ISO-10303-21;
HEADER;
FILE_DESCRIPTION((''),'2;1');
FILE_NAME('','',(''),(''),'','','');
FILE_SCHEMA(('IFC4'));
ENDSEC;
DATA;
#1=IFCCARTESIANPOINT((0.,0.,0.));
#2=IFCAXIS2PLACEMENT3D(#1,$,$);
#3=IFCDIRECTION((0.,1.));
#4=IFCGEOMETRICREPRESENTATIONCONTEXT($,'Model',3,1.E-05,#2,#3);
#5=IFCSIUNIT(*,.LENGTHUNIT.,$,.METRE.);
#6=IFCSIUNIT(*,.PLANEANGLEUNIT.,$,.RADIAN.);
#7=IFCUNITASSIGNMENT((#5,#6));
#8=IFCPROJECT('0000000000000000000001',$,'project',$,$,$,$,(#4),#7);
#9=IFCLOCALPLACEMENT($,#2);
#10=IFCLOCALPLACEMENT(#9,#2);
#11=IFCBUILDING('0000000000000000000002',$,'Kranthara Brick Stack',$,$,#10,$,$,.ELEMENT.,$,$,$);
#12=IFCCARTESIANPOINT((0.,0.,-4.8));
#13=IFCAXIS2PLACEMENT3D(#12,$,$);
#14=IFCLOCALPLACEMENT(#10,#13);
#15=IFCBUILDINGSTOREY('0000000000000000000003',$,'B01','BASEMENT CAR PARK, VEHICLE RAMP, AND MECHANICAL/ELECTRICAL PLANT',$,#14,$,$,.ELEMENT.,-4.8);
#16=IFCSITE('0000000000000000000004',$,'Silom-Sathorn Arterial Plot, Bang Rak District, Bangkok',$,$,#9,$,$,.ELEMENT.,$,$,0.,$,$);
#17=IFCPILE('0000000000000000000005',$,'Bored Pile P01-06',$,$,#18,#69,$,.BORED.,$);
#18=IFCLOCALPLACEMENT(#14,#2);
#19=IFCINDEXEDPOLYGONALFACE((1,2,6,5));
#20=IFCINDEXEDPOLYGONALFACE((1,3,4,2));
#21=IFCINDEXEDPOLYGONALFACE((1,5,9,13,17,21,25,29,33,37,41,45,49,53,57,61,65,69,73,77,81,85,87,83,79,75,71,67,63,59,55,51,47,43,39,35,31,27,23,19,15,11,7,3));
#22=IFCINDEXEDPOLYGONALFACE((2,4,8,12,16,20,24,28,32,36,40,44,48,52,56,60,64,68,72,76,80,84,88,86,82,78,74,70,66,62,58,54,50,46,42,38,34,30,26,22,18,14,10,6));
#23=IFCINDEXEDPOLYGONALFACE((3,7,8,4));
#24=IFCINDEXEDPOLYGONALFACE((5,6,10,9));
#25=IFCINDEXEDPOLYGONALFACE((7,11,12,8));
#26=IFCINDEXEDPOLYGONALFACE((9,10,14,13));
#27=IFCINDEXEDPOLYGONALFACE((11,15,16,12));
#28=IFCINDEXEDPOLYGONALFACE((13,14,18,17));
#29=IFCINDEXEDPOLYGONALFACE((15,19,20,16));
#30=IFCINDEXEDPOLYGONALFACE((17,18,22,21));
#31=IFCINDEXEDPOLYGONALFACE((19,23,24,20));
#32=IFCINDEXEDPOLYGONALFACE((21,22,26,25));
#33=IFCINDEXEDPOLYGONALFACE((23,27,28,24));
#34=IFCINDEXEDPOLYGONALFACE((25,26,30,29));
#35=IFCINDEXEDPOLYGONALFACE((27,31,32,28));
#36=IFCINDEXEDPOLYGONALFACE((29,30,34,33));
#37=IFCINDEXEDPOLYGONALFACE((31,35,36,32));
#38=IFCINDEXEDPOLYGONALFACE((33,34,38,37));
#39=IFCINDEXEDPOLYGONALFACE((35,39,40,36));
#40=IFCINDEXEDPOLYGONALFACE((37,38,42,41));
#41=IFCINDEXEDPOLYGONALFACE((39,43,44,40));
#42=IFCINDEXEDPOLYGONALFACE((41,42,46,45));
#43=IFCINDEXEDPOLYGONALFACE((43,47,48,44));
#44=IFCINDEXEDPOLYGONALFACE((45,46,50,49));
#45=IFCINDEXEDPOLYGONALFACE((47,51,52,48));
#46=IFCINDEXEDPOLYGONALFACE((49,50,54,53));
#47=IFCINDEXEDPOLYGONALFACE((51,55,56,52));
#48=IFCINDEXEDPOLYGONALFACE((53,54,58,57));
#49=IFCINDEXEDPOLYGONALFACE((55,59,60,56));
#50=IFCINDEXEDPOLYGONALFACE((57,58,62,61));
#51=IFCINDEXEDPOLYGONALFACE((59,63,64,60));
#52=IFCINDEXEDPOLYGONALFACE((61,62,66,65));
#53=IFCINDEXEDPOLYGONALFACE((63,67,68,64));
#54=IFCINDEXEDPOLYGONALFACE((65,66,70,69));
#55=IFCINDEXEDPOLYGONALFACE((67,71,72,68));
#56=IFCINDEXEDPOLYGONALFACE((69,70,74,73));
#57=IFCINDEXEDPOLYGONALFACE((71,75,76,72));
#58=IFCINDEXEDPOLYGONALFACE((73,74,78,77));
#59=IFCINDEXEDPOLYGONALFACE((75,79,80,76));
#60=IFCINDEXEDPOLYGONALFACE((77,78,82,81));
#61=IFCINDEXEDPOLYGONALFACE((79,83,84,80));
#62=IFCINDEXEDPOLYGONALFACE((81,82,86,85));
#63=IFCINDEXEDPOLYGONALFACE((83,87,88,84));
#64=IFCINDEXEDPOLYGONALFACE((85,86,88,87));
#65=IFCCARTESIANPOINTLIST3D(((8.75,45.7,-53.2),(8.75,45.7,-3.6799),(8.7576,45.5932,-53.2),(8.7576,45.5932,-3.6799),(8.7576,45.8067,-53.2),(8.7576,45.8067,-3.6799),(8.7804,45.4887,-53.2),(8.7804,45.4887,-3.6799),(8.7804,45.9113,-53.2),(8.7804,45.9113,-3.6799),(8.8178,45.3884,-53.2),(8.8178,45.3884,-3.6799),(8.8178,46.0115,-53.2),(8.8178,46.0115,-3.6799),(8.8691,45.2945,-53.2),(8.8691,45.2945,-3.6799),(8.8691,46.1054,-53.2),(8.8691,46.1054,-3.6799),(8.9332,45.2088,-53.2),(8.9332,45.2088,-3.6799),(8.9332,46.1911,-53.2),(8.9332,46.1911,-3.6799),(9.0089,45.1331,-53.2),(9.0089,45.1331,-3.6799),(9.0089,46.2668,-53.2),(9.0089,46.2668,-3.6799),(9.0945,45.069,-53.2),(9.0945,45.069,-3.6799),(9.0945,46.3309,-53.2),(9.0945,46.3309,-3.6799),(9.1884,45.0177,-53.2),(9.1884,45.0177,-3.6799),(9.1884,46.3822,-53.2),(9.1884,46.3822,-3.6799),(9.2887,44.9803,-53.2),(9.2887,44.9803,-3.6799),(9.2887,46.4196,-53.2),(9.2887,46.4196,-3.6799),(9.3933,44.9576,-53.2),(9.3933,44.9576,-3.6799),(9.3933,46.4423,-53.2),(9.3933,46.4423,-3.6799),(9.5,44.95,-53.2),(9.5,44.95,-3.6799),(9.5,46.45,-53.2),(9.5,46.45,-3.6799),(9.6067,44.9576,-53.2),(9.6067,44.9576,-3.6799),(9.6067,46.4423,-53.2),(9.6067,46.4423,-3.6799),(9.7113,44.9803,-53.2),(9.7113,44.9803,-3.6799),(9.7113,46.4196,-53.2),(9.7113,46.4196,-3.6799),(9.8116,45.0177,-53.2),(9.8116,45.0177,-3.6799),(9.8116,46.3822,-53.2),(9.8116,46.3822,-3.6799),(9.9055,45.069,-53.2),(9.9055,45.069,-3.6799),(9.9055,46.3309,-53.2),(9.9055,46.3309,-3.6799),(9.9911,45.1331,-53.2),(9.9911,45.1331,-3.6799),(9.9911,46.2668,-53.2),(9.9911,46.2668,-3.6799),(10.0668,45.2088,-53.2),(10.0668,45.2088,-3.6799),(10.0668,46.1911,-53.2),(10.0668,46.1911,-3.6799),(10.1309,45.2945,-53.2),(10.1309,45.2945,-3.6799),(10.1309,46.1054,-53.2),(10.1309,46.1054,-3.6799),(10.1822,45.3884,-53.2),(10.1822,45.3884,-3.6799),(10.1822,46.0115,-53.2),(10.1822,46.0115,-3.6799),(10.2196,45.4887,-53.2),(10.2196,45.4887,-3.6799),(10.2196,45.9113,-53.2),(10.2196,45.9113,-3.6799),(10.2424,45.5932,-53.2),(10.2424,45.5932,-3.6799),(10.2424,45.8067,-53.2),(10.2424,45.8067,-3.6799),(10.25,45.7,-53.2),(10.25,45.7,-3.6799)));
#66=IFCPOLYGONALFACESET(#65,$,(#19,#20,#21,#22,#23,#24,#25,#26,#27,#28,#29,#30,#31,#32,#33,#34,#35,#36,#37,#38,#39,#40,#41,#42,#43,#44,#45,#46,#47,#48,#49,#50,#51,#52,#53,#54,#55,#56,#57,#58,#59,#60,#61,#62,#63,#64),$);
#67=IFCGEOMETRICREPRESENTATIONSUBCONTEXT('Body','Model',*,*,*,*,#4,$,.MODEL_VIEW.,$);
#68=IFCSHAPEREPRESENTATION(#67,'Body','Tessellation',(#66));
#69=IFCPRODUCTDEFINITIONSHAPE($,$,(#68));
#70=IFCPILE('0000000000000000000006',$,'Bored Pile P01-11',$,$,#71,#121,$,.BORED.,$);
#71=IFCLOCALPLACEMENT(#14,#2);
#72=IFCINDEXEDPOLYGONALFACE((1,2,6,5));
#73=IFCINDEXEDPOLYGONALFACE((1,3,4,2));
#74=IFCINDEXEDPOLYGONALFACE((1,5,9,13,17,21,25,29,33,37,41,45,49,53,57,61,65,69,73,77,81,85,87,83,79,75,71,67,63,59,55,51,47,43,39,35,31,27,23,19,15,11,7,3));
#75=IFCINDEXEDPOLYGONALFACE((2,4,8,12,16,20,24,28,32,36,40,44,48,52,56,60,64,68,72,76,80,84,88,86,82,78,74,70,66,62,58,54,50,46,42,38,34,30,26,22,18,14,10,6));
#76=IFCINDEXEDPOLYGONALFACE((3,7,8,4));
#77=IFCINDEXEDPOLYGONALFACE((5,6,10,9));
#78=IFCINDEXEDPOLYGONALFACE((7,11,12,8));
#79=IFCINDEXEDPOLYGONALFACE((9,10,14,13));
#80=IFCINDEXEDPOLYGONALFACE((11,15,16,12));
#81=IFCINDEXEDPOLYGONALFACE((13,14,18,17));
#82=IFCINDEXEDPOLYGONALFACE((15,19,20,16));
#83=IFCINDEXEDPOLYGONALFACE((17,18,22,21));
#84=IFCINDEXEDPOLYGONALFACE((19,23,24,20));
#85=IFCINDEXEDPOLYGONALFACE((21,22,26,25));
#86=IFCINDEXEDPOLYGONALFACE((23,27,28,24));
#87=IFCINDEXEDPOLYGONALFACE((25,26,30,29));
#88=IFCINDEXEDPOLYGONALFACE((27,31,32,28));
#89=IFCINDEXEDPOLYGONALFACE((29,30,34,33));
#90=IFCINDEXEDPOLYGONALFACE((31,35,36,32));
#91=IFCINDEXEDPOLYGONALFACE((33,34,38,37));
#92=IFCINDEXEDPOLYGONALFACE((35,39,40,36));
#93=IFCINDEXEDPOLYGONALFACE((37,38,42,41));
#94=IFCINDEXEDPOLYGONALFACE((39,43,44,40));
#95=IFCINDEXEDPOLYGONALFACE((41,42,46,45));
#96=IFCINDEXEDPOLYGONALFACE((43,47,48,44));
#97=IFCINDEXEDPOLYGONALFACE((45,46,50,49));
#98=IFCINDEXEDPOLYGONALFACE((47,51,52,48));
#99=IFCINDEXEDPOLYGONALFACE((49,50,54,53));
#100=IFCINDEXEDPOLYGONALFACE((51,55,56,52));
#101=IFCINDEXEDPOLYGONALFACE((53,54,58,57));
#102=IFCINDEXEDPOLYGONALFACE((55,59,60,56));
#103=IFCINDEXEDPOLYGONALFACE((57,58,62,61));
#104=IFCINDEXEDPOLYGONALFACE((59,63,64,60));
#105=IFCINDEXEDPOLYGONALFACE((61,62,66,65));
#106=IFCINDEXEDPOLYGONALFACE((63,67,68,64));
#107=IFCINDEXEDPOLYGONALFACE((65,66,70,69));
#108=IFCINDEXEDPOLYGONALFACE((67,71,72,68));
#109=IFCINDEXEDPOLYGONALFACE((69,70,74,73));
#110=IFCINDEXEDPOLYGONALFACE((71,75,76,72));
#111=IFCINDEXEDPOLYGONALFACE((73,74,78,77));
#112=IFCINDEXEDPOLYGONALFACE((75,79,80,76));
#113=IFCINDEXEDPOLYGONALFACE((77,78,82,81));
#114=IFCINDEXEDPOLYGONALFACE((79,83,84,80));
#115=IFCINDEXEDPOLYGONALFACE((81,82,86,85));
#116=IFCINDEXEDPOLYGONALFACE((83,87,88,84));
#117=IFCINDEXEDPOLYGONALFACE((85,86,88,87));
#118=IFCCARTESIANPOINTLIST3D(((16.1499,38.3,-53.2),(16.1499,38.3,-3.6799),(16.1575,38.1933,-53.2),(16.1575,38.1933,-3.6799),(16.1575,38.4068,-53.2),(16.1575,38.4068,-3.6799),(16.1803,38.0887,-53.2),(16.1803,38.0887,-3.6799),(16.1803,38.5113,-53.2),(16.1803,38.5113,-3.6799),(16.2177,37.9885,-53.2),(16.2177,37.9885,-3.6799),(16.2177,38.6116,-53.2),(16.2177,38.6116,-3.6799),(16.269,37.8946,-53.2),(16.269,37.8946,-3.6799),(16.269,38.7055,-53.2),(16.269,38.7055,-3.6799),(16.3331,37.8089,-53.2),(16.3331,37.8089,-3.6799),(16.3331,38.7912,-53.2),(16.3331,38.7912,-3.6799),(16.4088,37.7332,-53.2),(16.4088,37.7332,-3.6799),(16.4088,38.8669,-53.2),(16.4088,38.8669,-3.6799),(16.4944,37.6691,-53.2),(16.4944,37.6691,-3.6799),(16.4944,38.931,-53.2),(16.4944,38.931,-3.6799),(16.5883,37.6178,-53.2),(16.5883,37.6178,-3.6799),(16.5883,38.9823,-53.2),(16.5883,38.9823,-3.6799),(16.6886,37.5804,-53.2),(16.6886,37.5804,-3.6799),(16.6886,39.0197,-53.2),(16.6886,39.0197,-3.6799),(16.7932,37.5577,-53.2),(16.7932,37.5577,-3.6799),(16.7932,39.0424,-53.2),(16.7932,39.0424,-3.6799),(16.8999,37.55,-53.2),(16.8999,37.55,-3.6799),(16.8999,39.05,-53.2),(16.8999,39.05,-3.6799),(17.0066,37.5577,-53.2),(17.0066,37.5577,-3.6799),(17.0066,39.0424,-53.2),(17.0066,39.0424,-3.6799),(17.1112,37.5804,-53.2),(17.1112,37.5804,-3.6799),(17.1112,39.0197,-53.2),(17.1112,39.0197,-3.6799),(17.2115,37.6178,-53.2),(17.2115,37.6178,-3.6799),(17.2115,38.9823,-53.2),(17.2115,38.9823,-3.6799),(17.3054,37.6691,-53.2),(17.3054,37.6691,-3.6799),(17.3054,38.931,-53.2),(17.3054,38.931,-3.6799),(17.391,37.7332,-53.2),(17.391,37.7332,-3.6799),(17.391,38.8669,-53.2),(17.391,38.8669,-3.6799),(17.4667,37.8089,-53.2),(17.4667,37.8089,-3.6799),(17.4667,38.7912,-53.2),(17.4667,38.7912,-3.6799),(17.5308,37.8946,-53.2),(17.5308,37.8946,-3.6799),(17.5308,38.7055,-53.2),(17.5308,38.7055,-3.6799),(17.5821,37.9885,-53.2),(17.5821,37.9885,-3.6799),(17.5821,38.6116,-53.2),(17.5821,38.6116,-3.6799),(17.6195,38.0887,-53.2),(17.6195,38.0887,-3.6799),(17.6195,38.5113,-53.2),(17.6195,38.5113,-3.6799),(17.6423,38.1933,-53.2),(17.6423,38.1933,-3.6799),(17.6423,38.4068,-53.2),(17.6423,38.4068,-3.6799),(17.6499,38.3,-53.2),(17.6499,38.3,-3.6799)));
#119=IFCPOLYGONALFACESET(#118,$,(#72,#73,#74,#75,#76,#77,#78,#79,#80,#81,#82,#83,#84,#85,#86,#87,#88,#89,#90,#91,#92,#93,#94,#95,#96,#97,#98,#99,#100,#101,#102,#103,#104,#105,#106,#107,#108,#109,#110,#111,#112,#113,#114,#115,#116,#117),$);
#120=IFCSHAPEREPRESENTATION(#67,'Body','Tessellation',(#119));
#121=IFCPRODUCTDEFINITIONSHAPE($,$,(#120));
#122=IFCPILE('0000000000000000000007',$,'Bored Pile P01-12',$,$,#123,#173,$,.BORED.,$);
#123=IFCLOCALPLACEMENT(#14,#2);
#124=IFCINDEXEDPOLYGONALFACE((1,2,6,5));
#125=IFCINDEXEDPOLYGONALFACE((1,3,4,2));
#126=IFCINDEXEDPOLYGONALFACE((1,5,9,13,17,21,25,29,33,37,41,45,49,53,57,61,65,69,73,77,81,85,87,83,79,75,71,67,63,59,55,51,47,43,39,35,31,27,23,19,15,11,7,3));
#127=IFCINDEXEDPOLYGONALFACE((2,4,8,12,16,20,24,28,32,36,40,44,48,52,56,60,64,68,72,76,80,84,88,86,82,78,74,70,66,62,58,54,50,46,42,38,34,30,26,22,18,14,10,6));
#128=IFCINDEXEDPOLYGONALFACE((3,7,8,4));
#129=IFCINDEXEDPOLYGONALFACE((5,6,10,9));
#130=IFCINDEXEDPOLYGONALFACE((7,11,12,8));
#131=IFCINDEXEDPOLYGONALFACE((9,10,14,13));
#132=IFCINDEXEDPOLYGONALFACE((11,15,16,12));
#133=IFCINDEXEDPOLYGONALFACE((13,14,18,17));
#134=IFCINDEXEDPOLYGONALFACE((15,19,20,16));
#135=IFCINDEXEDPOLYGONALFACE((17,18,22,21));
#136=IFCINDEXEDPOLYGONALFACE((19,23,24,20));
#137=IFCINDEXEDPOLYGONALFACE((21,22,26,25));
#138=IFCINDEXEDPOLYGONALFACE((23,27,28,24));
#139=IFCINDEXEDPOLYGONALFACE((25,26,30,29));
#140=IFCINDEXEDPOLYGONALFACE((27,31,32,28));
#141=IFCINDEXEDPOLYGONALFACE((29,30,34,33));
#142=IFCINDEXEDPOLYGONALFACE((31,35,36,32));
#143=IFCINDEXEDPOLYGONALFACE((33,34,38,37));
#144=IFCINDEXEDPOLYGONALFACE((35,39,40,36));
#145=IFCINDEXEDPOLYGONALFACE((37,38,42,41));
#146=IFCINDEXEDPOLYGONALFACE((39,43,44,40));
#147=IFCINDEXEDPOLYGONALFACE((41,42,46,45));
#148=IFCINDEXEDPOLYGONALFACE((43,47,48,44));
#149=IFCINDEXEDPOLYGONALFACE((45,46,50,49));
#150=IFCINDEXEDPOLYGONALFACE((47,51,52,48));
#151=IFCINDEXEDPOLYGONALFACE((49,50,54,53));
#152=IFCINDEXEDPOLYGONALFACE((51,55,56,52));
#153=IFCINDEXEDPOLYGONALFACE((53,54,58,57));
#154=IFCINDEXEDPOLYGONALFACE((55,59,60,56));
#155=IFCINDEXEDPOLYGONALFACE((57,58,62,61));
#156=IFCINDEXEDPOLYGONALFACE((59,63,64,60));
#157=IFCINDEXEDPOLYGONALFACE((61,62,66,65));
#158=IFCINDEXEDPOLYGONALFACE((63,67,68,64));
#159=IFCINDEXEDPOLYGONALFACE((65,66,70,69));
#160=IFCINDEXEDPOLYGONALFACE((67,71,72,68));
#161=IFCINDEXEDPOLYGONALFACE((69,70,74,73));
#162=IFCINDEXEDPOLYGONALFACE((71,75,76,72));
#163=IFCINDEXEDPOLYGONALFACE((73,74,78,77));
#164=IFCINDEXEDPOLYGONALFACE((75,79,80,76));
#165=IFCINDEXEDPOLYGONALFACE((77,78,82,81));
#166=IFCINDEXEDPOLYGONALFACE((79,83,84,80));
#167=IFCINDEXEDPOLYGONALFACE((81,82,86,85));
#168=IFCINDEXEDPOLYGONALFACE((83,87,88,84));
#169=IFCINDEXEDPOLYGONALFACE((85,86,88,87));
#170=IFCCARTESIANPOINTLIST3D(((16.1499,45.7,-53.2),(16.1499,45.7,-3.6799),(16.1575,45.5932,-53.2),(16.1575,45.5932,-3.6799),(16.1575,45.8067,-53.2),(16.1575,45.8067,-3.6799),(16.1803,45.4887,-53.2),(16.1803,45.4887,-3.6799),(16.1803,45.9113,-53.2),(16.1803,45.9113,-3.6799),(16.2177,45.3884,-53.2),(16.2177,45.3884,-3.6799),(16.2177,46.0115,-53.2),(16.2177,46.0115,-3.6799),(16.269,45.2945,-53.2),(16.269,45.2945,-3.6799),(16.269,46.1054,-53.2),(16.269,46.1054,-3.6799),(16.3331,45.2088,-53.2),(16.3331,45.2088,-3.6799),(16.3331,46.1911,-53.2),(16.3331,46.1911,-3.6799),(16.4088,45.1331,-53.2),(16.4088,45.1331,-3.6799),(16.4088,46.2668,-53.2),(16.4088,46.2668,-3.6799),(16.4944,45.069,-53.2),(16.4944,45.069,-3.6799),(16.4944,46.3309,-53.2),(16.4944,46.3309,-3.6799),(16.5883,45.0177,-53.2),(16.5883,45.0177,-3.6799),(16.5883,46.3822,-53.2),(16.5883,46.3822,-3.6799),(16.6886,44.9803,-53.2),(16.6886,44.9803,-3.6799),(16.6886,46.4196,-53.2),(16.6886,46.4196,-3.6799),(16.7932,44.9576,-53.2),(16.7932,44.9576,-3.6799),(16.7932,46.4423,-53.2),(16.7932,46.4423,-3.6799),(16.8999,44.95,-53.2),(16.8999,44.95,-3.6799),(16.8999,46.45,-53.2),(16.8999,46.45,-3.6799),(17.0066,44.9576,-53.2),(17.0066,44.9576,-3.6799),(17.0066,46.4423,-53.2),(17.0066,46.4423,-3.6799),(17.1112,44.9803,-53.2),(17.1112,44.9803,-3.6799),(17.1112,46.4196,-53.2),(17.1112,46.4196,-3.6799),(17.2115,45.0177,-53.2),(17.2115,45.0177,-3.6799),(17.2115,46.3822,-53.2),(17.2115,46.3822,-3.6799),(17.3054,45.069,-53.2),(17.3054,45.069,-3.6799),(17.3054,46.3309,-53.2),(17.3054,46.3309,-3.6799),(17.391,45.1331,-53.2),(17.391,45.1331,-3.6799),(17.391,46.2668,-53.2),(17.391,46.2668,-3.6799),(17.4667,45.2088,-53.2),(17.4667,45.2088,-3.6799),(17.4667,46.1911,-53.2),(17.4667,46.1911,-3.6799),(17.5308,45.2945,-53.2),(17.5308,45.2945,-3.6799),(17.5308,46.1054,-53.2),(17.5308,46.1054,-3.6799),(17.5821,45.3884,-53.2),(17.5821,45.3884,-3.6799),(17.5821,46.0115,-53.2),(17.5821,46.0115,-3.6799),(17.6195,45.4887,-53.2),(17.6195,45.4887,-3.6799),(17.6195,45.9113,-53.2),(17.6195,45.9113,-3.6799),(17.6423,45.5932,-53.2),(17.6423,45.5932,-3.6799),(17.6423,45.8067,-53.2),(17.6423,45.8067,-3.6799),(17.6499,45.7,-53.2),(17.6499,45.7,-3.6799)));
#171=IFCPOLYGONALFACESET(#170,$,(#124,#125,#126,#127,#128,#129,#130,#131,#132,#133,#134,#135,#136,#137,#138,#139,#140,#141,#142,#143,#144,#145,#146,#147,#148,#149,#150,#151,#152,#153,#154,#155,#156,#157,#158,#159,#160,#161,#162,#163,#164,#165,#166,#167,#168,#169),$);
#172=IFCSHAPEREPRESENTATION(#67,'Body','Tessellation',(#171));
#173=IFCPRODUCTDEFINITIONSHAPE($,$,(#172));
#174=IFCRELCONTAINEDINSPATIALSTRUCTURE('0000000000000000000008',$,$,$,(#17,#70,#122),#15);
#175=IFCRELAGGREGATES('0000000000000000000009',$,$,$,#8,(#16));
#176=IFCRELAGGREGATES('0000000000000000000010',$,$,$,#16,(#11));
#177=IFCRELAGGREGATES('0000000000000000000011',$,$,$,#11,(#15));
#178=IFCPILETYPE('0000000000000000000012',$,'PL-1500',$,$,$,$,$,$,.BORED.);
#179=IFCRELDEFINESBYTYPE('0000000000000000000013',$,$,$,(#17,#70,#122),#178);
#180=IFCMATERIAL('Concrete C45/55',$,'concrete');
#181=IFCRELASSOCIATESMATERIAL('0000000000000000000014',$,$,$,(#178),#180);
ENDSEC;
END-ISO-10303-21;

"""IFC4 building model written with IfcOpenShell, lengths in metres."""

from ifc_helpers import new_model, si_unit, direction, frame, origin, origin_2d, place, context, subcontext, project, spatial, circle, extrude, material, material_profile, profile_set, type_object, element, save


model = new_model("IFC4")

# Units and contexts
model_context = context("Model", 3, precision=1e-05, world=origin(), true_north=direction((0.0, 1.0)))
body_context = subcontext(model_context, "Body", "Model", "MODEL_VIEW")
ifc_project = project(units=[si_unit("LENGTHUNIT", "METRE"), si_unit("PLANEANGLEUNIT", "RADIAN")], contexts=[model_context])

# Site, building, storey
site_placement = place(None, origin())
site = spatial("IfcSite", under=ifc_project, at=site_placement, Name="Silom-Sathorn Arterial Plot, Bang Rak District, Bangkok", CompositionType="ELEMENT", RefElevation=0.0)
building_placement = place(site_placement, origin())
building = spatial("IfcBuilding", under=site, at=building_placement, Name="Kranthara Brick Stack", CompositionType="ELEMENT")
storey_placement = place(building_placement, frame((0.0, 0.0, -4.8)))
storey = spatial("IfcBuildingStorey", under=building, at=storey_placement, Name="B01", Description="BASEMENT CAR PARK, VEHICLE RAMP, AND MECHANICAL/ELECTRICAL PLANT", CompositionType="ELEMENT", Elevation=-4.8)

# Piles
ifc_material_1 = material(Name="Concrete C45/55", Category="concrete")
ifc_material_profile_1 = material_profile(ifc_material_1, circle(Radius=0.75, at=origin_2d()), Name="BORED PILE 1500")
ifc_profile_set_1 = profile_set([ifc_material_profile_1], Name="Concrete C45/55")
pile_type_1 = type_object("IfcPileType", Name="PL-1500", PredefinedType="BORED", material=ifc_profile_set_1)
for number, where, z_axis, x_axis, name in (
    (1, (9.5, 45.7, -3.6799), (0.0, 0.0, -1.0), (1.0, 0.0, 0.0), "Bored Pile P01-06"),
    (2, (16.8999, 38.3, -3.6799), (0.0, 0.0, -1.0), (1.0, 0.0, 0.0), "Bored Pile P01-11"),
    (3, (16.8999, 45.7, -3.6799), (0.0, 0.0, -1.0), (1.0, 0.0, 0.0), "Bored Pile P01-12"),
):
    element("IfcPile", number, at=place(storey_placement, frame(where, z_axis=z_axis, x_axis=x_axis)), inside=storey, type_object=pile_type_1, Name=name, PredefinedType="BORED", context=body_context, shape_type="SweptSolid", body=[
        extrude(circle(Radius=0.75, at=origin_2d()), origin(), (0.0, 0.0, 1.0), 49.52),
    ])

save(model, "model.ifc")
